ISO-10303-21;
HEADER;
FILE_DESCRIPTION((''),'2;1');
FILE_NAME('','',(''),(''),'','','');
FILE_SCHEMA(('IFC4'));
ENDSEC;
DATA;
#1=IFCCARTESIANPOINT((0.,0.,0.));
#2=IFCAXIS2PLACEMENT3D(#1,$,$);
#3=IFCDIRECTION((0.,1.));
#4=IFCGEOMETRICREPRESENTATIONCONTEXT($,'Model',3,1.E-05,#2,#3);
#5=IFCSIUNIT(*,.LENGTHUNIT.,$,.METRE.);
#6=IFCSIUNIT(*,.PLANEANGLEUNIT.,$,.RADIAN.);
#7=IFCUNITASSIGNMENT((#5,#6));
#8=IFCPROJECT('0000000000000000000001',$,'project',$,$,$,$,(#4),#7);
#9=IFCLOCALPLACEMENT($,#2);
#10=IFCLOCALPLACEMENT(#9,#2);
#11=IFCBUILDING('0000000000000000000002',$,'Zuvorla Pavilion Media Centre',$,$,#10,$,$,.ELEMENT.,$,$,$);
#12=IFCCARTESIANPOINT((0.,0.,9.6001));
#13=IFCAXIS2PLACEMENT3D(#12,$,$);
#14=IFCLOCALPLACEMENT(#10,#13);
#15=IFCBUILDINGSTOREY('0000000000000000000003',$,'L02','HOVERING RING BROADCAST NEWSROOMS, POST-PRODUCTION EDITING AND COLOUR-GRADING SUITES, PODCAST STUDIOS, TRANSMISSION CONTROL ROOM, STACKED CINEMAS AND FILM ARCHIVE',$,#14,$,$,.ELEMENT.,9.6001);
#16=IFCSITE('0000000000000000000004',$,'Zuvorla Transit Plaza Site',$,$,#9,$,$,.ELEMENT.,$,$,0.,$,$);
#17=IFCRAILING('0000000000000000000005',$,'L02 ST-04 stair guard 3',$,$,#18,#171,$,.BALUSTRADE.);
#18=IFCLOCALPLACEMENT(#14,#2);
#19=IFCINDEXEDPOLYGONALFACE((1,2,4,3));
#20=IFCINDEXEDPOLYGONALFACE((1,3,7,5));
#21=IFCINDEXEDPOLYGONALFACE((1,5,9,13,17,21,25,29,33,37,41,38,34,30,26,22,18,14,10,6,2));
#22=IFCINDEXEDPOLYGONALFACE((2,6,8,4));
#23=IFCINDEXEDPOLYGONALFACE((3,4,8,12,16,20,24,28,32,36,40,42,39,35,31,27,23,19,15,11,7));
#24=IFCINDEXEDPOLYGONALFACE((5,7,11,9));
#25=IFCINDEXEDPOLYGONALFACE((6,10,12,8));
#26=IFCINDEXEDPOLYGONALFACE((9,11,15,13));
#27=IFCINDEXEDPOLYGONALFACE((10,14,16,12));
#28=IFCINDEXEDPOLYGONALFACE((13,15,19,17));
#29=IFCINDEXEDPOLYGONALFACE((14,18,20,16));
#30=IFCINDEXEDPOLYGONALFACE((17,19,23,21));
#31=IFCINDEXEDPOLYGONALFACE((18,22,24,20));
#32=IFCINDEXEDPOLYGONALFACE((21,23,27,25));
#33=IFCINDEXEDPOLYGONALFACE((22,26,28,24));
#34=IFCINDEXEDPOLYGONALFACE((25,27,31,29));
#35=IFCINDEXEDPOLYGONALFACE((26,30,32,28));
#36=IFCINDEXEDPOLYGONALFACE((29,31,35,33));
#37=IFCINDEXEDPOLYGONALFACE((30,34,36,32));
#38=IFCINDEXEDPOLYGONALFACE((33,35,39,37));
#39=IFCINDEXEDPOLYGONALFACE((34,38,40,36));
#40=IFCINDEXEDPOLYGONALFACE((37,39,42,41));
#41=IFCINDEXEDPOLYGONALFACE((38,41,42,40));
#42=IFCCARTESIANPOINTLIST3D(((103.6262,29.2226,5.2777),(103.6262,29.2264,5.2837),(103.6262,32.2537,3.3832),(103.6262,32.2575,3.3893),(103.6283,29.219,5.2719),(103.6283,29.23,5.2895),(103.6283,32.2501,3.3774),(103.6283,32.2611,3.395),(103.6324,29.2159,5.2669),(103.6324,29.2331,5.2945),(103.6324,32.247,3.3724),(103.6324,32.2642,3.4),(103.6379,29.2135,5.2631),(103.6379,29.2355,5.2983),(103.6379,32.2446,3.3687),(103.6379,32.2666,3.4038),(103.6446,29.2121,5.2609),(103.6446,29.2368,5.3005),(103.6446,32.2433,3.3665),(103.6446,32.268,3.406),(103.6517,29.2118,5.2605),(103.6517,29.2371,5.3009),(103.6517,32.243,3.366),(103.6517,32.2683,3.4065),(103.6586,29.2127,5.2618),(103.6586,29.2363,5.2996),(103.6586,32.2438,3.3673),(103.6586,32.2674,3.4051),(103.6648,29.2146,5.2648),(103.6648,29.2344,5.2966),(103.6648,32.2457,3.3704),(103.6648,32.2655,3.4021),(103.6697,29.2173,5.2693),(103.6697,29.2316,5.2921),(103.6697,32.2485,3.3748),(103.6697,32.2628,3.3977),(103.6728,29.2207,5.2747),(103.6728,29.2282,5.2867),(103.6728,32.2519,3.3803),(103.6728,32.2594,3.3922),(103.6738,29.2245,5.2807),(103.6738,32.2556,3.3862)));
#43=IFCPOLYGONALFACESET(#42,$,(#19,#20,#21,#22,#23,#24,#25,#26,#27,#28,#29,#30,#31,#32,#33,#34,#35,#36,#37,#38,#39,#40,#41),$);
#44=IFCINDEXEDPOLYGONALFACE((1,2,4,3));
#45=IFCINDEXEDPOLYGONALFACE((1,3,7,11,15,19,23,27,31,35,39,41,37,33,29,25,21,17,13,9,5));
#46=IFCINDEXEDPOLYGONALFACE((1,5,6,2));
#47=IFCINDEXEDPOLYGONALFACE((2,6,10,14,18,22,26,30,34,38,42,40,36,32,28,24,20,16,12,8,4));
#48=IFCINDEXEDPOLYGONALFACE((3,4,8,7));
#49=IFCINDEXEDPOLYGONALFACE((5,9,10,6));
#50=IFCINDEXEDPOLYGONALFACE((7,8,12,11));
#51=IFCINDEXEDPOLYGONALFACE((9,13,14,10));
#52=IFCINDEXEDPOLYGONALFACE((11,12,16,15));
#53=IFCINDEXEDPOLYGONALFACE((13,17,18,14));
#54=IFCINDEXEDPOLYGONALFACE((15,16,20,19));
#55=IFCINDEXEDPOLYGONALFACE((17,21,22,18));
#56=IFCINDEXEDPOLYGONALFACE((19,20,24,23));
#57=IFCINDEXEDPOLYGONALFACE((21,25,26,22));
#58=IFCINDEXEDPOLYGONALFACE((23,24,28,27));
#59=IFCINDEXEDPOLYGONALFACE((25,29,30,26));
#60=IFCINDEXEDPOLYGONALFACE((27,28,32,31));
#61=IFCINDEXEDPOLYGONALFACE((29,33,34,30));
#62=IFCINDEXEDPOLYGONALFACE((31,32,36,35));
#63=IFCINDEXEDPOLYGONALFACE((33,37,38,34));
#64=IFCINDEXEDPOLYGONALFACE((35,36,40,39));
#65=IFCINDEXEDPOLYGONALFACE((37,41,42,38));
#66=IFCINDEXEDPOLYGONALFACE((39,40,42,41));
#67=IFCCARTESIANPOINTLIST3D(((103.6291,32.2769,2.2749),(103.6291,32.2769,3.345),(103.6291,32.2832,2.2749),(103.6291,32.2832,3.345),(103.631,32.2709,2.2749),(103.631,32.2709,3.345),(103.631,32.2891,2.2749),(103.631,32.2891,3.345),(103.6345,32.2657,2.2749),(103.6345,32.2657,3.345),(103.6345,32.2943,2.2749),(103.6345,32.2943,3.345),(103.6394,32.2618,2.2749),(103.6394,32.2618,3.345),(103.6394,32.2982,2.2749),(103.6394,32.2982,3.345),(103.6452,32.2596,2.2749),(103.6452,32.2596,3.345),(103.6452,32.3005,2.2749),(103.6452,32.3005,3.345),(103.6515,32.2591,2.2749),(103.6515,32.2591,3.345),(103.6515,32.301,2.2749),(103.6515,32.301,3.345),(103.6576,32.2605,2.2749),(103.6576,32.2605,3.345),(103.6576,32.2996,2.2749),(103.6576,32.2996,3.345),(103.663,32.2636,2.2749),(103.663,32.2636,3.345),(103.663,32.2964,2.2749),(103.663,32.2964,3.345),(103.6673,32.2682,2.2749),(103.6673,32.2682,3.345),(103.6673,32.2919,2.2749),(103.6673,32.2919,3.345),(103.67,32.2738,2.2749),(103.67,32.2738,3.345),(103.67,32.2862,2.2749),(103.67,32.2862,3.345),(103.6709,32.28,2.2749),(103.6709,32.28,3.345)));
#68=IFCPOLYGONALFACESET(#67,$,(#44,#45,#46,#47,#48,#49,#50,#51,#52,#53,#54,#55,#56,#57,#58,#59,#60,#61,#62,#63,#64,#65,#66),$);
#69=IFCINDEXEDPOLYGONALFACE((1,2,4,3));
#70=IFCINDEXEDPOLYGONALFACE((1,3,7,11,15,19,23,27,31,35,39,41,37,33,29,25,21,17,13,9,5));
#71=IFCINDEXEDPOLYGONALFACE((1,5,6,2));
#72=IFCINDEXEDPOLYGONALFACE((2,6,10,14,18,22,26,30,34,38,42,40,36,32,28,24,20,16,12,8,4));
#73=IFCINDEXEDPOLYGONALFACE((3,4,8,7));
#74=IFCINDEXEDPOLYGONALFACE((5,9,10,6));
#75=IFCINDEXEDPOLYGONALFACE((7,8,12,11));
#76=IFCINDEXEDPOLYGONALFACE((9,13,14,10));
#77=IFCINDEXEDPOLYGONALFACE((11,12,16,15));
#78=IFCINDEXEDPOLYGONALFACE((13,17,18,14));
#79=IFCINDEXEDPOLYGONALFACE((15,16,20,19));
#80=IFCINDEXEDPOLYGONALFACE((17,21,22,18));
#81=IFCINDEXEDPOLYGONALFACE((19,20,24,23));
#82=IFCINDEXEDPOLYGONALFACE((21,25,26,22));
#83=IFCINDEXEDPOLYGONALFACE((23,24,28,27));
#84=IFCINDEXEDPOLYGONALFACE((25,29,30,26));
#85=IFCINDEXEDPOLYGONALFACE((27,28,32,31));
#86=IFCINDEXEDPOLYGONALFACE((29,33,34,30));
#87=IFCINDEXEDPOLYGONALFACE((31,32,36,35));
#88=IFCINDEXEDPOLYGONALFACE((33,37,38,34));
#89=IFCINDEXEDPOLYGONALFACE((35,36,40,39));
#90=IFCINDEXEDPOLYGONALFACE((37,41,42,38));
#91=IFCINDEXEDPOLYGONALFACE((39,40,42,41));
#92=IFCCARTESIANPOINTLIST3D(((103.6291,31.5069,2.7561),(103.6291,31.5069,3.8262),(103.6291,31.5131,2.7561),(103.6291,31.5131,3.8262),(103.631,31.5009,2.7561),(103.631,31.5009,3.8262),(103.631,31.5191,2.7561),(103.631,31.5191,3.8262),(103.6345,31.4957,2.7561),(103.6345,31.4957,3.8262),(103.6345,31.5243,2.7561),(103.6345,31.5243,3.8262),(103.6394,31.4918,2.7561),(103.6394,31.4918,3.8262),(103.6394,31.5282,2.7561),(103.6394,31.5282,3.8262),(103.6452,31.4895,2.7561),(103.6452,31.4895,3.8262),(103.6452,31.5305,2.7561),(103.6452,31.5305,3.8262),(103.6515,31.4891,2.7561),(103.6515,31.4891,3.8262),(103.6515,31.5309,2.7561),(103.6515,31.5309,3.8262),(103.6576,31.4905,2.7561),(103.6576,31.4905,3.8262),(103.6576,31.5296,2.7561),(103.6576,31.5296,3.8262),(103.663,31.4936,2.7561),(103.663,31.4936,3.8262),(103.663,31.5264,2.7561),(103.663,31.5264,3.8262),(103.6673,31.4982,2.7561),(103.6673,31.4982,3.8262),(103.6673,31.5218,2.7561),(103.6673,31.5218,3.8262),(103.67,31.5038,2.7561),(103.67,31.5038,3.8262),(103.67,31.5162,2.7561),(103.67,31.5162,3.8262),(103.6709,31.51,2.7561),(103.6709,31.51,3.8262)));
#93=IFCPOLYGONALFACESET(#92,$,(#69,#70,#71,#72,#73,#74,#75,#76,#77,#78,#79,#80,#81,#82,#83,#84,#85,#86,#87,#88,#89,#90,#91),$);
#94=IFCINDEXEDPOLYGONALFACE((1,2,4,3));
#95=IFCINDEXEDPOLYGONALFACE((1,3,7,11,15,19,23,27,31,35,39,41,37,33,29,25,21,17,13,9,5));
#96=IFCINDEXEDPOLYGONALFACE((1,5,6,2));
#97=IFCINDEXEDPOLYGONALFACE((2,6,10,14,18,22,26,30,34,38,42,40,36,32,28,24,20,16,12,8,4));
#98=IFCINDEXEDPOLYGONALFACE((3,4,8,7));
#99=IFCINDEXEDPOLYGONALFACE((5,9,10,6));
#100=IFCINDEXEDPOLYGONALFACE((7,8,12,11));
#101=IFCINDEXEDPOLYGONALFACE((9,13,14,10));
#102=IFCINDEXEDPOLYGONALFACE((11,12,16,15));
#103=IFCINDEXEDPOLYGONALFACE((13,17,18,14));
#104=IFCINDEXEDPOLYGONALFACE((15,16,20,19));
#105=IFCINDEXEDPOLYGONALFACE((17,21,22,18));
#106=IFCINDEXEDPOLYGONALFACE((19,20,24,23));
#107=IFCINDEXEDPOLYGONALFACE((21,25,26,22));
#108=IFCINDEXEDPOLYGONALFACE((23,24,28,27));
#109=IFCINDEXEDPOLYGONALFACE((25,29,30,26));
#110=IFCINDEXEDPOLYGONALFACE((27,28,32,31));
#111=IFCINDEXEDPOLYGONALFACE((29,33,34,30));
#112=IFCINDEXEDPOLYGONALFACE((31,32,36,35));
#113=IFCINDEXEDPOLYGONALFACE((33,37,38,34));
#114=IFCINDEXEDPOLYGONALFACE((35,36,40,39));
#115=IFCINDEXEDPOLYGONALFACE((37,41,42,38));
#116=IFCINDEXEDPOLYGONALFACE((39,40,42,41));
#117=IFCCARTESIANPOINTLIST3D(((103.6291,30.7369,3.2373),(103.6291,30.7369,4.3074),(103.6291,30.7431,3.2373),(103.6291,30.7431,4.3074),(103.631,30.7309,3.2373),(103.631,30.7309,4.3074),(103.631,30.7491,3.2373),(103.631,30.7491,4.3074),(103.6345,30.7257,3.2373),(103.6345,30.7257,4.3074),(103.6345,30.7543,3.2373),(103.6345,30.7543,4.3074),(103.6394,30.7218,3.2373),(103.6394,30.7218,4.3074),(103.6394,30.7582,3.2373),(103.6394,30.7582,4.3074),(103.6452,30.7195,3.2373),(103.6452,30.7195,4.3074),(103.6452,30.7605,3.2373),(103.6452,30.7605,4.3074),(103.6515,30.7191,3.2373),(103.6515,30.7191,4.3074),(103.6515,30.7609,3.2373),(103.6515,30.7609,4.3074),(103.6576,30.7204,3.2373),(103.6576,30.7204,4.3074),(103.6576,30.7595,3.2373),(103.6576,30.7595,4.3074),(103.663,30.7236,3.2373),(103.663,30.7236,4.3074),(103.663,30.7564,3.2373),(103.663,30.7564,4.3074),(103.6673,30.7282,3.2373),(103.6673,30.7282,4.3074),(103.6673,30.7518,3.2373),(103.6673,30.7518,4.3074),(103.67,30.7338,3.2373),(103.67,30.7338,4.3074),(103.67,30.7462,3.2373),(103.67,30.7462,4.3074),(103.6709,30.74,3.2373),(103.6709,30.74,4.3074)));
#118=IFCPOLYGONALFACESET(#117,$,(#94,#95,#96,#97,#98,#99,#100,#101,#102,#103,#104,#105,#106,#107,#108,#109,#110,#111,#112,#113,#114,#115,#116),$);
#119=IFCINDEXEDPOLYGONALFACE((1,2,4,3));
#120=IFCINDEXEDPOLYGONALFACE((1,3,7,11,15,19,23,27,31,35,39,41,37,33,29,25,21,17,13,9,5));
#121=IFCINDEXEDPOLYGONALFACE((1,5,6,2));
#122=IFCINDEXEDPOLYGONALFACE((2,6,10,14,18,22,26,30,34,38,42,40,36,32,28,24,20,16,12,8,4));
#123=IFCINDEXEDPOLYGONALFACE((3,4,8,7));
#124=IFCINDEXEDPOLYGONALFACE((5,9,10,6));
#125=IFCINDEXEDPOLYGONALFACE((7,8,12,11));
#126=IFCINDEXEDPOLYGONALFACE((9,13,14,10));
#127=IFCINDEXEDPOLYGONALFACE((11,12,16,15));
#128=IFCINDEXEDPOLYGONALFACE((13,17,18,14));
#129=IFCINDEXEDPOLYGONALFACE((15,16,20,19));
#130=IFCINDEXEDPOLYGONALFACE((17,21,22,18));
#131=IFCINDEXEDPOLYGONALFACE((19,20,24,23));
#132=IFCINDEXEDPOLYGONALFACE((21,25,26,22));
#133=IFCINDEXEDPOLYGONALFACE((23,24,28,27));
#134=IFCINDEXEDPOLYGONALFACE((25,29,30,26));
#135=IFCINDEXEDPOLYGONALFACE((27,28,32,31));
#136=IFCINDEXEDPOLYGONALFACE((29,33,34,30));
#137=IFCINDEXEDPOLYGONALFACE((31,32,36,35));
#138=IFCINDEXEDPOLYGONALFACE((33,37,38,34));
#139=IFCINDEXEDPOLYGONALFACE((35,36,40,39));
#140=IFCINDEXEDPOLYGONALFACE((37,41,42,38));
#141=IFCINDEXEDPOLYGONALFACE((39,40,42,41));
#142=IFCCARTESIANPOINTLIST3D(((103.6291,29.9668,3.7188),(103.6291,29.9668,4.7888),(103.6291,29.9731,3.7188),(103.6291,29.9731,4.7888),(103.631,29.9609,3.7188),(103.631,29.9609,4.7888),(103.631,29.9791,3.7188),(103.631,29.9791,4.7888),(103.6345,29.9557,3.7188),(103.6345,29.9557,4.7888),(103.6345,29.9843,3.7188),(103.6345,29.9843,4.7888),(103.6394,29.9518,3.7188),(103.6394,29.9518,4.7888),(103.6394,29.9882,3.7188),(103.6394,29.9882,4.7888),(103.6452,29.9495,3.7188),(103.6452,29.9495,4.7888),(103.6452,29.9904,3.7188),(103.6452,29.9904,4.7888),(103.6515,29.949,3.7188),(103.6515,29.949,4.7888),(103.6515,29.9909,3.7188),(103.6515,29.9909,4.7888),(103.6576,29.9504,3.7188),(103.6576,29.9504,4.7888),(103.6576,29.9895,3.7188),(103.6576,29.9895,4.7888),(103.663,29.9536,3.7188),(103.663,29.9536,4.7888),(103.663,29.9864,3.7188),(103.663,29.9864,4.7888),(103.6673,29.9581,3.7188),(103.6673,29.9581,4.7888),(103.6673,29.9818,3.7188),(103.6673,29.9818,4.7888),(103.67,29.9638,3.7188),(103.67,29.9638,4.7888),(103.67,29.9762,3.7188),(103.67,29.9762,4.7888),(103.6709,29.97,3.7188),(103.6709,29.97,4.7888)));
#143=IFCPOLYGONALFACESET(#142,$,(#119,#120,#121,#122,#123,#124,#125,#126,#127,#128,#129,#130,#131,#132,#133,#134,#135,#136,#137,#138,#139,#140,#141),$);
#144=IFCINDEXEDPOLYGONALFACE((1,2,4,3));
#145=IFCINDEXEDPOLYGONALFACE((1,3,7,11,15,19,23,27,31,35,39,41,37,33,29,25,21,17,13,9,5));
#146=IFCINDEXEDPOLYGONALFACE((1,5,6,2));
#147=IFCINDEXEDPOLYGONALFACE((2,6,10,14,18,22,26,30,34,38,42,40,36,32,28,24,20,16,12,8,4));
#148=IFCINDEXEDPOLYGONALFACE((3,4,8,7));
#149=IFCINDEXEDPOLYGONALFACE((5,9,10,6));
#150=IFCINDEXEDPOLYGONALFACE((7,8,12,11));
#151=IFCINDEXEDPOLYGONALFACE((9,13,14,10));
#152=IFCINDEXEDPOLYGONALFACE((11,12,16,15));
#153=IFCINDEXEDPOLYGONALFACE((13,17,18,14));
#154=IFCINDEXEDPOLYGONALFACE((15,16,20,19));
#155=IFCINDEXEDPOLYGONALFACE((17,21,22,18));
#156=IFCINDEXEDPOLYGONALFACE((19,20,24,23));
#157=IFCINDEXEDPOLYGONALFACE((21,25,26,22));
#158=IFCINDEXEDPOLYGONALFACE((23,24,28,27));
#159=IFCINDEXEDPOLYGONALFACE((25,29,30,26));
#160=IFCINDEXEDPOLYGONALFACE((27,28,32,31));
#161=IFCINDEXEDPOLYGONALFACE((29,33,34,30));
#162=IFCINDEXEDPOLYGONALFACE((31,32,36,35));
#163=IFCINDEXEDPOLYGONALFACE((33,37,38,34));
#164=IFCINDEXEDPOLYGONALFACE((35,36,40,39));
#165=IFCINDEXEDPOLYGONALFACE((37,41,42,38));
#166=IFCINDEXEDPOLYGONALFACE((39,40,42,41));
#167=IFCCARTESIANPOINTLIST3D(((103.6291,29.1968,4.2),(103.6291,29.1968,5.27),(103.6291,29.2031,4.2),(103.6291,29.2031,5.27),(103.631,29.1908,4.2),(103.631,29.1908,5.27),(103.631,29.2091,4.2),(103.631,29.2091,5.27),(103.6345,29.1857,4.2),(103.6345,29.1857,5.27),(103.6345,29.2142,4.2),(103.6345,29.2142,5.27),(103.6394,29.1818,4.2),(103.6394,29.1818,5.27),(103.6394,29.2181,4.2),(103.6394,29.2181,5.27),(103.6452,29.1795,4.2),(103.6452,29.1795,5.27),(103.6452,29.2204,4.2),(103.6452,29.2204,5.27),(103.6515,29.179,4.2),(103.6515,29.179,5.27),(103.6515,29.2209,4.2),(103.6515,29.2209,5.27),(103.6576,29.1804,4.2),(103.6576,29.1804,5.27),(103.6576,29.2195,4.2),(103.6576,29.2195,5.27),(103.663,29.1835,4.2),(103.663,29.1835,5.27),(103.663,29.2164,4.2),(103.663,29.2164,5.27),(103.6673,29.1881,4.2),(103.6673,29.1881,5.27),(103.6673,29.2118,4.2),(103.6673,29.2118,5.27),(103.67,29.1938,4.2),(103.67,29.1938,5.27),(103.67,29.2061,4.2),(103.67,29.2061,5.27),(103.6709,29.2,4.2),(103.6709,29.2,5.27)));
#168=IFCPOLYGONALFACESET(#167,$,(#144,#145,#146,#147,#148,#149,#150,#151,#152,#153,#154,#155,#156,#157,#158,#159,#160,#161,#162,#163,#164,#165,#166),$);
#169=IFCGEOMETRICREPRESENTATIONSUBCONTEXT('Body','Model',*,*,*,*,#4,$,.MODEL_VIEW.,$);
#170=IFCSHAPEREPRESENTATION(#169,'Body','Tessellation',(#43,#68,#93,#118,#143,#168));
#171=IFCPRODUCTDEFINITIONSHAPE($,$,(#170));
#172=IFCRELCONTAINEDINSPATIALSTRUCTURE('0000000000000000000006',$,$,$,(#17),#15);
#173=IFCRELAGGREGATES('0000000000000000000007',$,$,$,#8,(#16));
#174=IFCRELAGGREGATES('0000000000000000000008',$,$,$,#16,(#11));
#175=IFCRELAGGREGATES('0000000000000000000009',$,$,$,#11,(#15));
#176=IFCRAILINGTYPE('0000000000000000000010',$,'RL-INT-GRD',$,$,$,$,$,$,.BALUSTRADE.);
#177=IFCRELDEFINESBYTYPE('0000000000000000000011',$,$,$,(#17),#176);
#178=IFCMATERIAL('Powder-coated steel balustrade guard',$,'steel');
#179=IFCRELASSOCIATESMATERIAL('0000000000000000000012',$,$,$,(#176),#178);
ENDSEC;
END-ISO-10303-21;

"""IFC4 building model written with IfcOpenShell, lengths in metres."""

from ifc_helpers import new_model, si_unit, direction, frame, origin, origin_2d, place, context, subcontext, project, spatial, circle, extrude, material, type_object, element, save


model = new_model("IFC4")

# Units and contexts
model_context = context("Model", 3, precision=1e-05, world=origin(), true_north=direction((0.0, 1.0)))
body_context = subcontext(model_context, "Body", "Model", "MODEL_VIEW")
ifc_project = project(units=[si_unit("LENGTHUNIT", "METRE"), si_unit("PLANEANGLEUNIT", "RADIAN")], contexts=[model_context])

# Site, building, storey
site_placement = place(None, origin())
site = spatial("IfcSite", under=ifc_project, at=site_placement, Name="Zuvorla Transit Plaza Site", CompositionType="ELEMENT", RefElevation=0.0)
building_placement = place(site_placement, origin())
building = spatial("IfcBuilding", under=site, at=building_placement, Name="Zuvorla Pavilion Media Centre", CompositionType="ELEMENT")
storey_placement = place(building_placement, frame((0.0, 0.0, 9.6001)))
storey = spatial("IfcBuildingStorey", under=building, at=storey_placement, Name="L02", Description="HOVERING RING BROADCAST NEWSROOMS, POST-PRODUCTION EDITING AND COLOUR-GRADING SUITES, PODCAST STUDIOS, TRANSMISSION CONTROL ROOM, STACKED CINEMAS AND FILM ARCHIVE", CompositionType="ELEMENT", Elevation=9.6001)

# Railing
ifc_material_1 = material(Name="Powder-coated steel balustrade guard", Category="steel")
railing_type_1 = type_object("IfcRailingType", Name="RL-INT-GRD", PredefinedType="BALUSTRADE", material=ifc_material_1)
railing_1_placement = place(storey_placement, frame((103.6499, 32.28, 2.2749)))
element("IfcRailing", 1, at=railing_1_placement, inside=storey, type_object=railing_type_1, Name="L02 ST-04 stair guard 3", PredefinedType="BALUSTRADE", context=body_context, shape_type="SweptSolid", body=[
    extrude(circle(Radius=0.0239, at=origin_2d()), frame((0.0, -0.0244, 1.1113), z_axis=(0.0, -0.847998, 0.529999), x_axis=(1.0, 0.0, 0.0)), (0.0, 0.0, 1.0), 3.5745),
    extrude(circle(Radius=0.021, at=origin_2d()), origin(), (0.0, 0.0, 1.0), 1.0701),
    extrude(circle(Radius=0.021, at=origin_2d()), frame((0.0, -0.77, 0.4812)), (0.0, 0.0, 1.0), 1.0701),
    extrude(circle(Radius=0.021, at=origin_2d()), frame((0.0, -1.54, 0.9624)), (0.0, 0.0, 1.0), 1.0701),
    extrude(circle(Radius=0.021, at=origin_2d()), frame((0.0, -2.3101, 1.4438)), (0.0, 0.0, 1.0), 1.0701),
    extrude(circle(Radius=0.021, at=origin_2d()), frame((0.0, -3.0801, 1.925)), (0.0, 0.0, 1.0), 1.0701),
])

save(model, "model.ifc")
